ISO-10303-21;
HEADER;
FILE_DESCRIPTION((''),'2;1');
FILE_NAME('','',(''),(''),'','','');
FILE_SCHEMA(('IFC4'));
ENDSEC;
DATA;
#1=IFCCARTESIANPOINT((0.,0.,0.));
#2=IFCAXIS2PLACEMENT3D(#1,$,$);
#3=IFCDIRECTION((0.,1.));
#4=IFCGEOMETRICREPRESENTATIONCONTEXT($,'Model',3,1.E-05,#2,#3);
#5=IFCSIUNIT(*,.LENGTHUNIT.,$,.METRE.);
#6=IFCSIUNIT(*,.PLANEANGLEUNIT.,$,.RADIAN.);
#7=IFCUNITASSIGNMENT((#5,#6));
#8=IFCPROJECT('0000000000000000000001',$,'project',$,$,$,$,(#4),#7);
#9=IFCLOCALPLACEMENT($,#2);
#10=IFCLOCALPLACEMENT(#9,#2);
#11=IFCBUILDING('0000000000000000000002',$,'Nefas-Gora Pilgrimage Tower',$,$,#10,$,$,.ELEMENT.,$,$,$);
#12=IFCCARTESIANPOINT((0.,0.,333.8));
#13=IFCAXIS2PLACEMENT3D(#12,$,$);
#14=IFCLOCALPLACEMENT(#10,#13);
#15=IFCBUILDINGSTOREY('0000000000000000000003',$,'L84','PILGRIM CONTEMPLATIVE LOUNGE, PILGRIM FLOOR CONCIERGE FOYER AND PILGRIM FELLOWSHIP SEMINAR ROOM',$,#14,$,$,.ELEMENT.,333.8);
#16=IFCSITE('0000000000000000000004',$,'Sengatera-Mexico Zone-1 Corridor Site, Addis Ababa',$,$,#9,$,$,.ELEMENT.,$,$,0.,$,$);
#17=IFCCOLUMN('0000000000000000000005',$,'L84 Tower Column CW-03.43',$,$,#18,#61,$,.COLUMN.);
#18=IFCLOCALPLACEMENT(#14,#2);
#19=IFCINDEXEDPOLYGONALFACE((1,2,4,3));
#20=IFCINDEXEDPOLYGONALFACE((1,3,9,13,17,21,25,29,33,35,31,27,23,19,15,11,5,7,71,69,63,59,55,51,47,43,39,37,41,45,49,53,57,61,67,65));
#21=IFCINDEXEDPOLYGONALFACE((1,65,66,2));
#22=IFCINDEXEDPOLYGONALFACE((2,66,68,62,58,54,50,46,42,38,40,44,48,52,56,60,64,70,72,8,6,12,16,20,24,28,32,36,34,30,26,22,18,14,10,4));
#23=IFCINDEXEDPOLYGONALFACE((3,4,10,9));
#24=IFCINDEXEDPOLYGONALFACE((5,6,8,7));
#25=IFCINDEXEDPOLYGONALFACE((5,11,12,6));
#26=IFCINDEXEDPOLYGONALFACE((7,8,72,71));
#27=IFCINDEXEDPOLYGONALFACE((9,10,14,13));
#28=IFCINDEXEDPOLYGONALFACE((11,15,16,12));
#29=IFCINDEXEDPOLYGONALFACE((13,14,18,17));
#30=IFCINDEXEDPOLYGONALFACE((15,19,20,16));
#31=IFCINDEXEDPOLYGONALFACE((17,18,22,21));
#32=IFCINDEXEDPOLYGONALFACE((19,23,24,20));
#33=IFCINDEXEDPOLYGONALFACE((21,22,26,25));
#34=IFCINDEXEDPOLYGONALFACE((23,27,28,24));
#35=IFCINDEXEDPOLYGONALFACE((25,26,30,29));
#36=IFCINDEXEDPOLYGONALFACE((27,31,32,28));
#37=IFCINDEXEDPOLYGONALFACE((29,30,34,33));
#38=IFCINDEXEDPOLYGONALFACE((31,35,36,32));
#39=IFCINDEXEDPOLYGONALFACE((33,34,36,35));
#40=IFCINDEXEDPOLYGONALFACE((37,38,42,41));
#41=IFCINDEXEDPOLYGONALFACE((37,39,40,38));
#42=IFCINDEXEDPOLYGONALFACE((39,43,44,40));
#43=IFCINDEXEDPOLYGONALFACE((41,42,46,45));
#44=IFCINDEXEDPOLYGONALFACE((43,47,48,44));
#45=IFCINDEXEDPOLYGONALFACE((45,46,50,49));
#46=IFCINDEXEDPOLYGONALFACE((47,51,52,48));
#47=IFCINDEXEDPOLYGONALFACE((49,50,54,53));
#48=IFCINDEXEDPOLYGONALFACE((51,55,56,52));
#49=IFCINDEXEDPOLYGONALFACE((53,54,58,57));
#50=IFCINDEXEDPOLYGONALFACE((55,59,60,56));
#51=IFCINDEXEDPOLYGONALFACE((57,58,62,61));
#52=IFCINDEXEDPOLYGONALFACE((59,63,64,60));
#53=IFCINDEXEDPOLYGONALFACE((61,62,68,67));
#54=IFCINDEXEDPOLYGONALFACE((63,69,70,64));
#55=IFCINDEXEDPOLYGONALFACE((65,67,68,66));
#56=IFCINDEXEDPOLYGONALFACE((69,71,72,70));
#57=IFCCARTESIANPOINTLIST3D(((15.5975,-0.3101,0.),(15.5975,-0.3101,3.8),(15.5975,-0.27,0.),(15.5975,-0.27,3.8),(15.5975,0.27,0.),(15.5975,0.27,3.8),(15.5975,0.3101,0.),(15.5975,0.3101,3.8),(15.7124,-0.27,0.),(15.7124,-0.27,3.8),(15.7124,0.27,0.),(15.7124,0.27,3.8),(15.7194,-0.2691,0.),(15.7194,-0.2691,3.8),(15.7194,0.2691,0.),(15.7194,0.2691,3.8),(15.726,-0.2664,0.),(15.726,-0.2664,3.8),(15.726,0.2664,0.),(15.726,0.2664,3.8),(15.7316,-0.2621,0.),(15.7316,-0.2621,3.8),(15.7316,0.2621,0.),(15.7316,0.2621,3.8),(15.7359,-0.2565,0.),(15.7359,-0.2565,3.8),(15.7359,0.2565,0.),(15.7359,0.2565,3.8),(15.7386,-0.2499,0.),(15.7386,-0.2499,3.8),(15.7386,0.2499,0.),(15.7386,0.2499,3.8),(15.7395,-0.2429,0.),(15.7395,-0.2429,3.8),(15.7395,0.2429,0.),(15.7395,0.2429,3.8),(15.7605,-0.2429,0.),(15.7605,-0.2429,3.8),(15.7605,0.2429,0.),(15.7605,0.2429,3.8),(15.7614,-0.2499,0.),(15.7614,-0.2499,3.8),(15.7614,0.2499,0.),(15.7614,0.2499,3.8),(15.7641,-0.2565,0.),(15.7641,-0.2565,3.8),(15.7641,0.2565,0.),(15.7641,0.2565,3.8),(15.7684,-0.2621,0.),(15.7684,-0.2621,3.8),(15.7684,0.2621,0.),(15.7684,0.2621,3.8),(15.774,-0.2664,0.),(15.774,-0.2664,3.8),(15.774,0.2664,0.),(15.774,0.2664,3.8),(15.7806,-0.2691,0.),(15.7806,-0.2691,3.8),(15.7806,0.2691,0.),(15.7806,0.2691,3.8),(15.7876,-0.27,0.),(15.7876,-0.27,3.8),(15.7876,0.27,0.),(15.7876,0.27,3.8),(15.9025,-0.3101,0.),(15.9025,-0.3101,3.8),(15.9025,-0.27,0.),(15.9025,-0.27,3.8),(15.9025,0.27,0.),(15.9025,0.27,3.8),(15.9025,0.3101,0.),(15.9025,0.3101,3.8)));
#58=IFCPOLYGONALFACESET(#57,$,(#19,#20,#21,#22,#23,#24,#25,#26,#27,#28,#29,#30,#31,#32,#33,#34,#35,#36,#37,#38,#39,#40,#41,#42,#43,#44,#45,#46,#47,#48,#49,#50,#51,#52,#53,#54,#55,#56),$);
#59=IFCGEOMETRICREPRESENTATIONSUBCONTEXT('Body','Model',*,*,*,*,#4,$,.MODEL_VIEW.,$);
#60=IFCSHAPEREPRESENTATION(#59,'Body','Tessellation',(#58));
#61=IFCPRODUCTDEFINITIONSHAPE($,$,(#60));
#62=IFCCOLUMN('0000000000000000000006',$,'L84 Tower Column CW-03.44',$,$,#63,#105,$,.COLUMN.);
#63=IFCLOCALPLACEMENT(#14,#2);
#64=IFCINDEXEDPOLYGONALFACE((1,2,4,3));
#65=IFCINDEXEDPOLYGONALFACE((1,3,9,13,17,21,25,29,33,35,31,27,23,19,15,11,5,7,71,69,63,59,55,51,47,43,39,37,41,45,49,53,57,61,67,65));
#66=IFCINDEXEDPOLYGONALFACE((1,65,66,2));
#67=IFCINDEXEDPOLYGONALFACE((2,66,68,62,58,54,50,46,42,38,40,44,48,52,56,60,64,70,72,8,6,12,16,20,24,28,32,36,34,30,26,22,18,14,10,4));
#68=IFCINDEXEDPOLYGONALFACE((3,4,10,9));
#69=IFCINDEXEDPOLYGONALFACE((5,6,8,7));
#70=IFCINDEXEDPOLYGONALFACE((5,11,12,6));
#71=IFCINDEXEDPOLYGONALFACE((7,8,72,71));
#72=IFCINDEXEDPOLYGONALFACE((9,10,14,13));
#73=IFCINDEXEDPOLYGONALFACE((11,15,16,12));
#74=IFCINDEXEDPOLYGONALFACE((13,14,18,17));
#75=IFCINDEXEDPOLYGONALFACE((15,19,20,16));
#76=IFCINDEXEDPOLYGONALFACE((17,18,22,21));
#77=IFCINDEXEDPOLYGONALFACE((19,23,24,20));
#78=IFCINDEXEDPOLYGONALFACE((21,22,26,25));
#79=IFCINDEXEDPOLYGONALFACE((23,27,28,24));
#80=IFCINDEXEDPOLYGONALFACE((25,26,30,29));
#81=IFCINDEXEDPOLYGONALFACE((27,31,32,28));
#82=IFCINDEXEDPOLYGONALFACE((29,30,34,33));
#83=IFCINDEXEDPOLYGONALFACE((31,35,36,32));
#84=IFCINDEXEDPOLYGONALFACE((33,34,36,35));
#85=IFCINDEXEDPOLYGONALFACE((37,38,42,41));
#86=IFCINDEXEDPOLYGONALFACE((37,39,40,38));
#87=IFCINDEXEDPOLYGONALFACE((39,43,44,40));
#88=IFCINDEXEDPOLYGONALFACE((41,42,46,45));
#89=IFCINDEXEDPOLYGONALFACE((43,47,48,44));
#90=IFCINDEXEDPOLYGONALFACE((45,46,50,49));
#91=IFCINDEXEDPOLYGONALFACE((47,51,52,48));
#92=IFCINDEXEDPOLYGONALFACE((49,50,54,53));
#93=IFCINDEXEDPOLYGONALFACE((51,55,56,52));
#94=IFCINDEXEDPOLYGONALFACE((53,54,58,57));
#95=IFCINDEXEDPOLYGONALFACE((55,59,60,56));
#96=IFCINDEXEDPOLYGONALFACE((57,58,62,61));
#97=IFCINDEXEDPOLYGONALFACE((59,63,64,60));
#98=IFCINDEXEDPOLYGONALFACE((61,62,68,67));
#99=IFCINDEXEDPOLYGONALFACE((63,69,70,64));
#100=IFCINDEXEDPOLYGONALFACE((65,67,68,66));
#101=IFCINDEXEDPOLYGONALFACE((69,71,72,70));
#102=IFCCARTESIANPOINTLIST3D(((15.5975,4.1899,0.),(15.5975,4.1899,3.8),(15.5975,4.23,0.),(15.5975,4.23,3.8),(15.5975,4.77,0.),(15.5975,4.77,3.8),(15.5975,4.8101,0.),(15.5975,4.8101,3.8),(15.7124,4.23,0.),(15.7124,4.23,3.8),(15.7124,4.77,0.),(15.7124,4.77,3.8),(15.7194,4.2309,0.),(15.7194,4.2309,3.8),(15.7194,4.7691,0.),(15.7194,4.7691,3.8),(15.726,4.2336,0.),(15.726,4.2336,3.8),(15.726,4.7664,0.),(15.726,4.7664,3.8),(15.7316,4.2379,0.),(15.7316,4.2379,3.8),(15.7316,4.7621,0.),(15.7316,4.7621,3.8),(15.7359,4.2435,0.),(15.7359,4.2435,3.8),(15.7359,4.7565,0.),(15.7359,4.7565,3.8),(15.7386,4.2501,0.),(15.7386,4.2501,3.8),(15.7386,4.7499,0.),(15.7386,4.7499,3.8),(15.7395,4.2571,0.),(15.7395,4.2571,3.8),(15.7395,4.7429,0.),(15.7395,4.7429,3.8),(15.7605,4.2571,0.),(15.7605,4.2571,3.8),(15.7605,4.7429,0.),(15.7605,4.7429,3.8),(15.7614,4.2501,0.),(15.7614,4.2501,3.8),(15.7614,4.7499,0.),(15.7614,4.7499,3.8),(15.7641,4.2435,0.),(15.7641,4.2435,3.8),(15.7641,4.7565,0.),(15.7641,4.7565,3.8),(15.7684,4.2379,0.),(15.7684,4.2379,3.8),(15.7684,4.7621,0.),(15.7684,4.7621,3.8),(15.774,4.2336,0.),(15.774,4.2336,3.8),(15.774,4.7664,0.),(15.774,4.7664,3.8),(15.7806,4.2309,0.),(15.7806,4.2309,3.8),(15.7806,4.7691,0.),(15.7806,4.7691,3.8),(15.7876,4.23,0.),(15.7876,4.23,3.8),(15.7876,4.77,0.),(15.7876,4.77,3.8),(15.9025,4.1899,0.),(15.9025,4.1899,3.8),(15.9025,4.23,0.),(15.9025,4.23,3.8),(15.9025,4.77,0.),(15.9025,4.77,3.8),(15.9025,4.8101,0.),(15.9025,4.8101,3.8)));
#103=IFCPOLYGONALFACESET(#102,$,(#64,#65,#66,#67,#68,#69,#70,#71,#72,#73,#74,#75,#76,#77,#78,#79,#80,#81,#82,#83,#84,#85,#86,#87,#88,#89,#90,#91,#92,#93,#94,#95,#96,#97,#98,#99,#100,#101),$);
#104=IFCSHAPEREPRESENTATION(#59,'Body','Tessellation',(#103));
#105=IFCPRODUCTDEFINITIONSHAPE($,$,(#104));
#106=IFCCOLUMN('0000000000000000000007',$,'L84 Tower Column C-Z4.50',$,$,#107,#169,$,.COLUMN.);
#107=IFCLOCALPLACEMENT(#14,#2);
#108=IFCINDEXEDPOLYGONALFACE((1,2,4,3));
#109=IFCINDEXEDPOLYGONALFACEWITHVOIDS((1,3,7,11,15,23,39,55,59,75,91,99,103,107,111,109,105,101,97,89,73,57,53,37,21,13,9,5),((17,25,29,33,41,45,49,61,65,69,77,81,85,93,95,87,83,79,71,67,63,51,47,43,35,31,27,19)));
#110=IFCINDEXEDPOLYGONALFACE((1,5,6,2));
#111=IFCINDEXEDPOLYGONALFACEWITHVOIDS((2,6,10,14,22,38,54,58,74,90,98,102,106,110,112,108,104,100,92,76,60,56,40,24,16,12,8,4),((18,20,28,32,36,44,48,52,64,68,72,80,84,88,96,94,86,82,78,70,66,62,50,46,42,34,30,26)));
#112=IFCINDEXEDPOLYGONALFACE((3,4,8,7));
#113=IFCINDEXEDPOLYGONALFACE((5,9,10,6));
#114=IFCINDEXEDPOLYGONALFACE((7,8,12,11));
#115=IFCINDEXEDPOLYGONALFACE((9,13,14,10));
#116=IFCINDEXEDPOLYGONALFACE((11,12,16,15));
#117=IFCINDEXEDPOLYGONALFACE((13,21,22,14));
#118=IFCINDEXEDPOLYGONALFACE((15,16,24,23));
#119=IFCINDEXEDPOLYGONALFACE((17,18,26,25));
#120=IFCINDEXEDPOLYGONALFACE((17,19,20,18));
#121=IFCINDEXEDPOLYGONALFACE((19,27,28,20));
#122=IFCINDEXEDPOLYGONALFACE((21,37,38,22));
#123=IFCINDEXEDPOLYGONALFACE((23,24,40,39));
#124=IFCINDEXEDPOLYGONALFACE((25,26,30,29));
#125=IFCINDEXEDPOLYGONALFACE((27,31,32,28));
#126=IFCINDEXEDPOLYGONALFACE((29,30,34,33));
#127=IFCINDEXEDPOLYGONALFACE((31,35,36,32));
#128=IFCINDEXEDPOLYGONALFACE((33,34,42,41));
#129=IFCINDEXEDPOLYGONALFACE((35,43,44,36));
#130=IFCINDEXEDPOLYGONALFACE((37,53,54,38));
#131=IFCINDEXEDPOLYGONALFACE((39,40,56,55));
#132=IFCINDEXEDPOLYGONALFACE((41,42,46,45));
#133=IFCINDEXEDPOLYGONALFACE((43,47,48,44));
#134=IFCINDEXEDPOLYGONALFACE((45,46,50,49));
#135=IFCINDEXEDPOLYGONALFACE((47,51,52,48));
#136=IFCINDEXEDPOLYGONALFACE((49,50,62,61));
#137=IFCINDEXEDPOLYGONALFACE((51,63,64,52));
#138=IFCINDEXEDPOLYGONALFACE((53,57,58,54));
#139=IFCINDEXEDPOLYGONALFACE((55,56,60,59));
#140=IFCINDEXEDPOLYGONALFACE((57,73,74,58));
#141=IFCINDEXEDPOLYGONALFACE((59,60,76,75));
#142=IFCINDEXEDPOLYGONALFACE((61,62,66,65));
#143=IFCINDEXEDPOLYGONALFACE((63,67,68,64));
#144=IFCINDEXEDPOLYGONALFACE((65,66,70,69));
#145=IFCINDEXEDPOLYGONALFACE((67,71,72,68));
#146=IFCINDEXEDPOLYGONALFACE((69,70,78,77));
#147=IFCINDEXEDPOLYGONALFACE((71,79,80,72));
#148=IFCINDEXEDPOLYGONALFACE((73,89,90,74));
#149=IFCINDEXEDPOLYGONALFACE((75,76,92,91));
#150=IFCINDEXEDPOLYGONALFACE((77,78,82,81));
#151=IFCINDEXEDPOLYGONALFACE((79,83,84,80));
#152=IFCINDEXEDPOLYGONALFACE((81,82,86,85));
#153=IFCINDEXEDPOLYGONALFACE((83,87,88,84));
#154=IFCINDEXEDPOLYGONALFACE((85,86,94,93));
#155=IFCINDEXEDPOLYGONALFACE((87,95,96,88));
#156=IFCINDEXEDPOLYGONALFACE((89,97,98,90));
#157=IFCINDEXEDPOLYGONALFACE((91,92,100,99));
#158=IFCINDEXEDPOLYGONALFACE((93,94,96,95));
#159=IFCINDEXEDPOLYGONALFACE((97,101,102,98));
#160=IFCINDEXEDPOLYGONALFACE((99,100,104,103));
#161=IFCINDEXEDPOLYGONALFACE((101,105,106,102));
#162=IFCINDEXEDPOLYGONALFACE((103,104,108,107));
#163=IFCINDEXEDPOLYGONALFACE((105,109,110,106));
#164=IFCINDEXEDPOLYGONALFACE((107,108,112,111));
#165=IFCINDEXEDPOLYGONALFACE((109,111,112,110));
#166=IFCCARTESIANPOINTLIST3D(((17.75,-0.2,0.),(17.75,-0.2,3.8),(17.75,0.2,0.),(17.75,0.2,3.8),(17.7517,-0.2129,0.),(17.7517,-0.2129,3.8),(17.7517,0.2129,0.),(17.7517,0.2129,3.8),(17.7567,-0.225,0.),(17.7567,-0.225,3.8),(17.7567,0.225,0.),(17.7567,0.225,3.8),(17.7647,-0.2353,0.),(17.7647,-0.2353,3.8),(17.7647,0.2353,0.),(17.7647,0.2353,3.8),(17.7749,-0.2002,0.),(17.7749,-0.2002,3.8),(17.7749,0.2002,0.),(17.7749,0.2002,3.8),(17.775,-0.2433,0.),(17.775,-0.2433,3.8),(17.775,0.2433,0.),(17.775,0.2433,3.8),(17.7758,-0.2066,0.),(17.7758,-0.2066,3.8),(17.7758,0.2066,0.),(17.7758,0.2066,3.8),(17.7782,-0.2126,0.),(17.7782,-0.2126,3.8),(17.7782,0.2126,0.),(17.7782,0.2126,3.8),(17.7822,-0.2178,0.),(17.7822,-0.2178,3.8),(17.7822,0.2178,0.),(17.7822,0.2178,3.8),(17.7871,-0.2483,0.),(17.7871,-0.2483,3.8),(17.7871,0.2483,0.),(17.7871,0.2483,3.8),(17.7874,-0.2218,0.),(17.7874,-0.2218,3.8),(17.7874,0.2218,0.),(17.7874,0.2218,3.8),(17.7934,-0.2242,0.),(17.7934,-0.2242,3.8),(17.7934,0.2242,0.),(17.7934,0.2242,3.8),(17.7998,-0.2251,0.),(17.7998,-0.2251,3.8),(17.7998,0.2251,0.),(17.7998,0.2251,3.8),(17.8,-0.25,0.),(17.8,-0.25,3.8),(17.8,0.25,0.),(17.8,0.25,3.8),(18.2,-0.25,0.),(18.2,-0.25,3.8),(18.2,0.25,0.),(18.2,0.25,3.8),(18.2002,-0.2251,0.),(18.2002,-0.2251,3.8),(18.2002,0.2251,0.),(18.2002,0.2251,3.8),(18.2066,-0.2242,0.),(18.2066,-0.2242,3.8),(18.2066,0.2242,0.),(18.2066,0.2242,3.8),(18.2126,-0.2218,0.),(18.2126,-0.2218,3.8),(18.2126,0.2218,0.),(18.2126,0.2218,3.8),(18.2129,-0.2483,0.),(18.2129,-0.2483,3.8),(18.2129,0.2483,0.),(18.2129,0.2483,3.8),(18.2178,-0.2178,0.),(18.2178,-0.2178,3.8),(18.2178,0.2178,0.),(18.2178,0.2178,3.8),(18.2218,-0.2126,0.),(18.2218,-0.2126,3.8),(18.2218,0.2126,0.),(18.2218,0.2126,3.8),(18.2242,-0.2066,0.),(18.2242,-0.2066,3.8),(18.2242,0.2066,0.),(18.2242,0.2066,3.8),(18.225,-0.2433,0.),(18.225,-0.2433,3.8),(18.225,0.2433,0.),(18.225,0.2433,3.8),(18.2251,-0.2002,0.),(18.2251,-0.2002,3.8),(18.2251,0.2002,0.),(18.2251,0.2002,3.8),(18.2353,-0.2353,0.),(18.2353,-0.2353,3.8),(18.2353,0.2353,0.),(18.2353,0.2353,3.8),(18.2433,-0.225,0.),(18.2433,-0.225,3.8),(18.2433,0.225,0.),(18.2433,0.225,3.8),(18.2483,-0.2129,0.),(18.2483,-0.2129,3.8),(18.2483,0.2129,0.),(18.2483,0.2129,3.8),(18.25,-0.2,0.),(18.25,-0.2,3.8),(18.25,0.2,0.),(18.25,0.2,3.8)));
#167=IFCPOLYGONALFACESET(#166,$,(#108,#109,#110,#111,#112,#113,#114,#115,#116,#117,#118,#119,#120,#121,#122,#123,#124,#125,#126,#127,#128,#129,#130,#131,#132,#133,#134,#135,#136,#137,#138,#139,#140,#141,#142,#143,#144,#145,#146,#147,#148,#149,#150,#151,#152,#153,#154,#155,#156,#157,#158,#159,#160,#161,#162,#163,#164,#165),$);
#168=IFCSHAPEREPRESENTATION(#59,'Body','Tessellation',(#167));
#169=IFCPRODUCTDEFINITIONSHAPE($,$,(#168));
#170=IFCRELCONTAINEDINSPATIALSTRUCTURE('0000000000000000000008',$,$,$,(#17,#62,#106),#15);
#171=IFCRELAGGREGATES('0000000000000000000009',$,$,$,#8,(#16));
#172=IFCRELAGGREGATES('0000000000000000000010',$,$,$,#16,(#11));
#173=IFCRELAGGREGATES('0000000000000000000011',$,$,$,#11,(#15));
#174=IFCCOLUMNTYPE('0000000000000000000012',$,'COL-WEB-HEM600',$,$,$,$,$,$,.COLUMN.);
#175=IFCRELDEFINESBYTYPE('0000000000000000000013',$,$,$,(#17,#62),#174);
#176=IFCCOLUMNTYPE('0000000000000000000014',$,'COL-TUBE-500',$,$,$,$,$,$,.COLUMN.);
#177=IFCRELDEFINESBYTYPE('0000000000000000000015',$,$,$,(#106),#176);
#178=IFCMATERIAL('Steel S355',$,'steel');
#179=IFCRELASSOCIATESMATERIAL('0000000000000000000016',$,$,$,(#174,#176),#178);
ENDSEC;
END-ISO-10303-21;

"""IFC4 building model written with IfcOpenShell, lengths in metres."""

from ifc_helpers import new_model, si_unit, direction, frame, origin, origin_2d, place, context, subcontext, project, spatial, hollow_rectangle, i_section, extrude, source, transform, mapped, material, material_profile, profile_set, type_object, element, save


model = new_model("IFC4")

# Units and contexts
model_context = context("Model", 3, precision=1e-05, world=origin(), true_north=direction((0.0, 1.0)))
body_context = subcontext(model_context, "Body", "Model", "MODEL_VIEW")
ifc_project = project(units=[si_unit("LENGTHUNIT", "METRE"), si_unit("PLANEANGLEUNIT", "RADIAN")], contexts=[model_context])

# Site, building, storey
site_placement = place(None, origin())
site = spatial("IfcSite", under=ifc_project, at=site_placement, Name="Sengatera-Mexico Zone-1 Corridor Site, Addis Ababa", CompositionType="ELEMENT", RefElevation=0.0)
building_placement = place(site_placement, origin())
building = spatial("IfcBuilding", under=site, at=building_placement, Name="Nefas-Gora Pilgrimage Tower", CompositionType="ELEMENT")
storey_placement = place(building_placement, frame((0.0, 0.0, 333.8)))
storey = spatial("IfcBuildingStorey", under=building, at=storey_placement, Name="L84", Description="PILGRIM CONTEMPLATIVE LOUNGE, PILGRIM FLOOR CONCIERGE FOYER AND PILGRIM FELLOWSHIP SEMINAR ROOM", CompositionType="ELEMENT", Elevation=333.8)

# Columns
ifc_material_1 = material(Name="Steel S355", Category="steel")
ifc_material_profile_1 = material_profile(ifc_material_1, i_section(OverallWidth=0.3049, OverallDepth=0.6201, WebThickness=0.021, FlangeThickness=0.04, FilletRadius=0.0271, at=origin_2d()), Name="HEM 600")
ifc_profile_set_1 = profile_set([ifc_material_profile_1], Name="Steel S355")
column_type_1 = type_object("IfcColumnType", Name="COL-WEB-HEM600", PredefinedType="COLUMN", material=ifc_profile_set_1)
shared_shape_1 = source(origin(), body_context, "Body", "SweptSolid", [
    extrude(i_section(OverallWidth=0.3049, OverallDepth=0.6201, WebThickness=0.021, FlangeThickness=0.04, FilletRadius=0.0271, at=origin_2d()), origin(), (0.0, 0.0, 1.0), 3.8),
])
for number, where, z_axis, x_axis, name in (
    (1, (15.75, 0.0, 0.0), (0.0, 0.0, 1.0), (1.0, 0.0, 0.0), "L84 Tower Column CW-03.43"),
    (2, (15.75, 4.5, 0.0), (0.0, 0.0, 1.0), (1.0, 0.0, 0.0), "L84 Tower Column CW-03.44"),
):
    element("IfcColumn", number, at=place(storey_placement, frame(where, z_axis=z_axis, x_axis=x_axis)), inside=storey, type_object=column_type_1, Name=name, PredefinedType="COLUMN", context=body_context, shape_type="MappedRepresentation", body=[
        mapped(shared_shape_1, transform((0.0, 0.0, 0.0), x_axis=(1.0, 0.0, 0.0), y_axis=(0.0, 1.0, 0.0), z_axis=(0.0, 0.0, 1.0), scale=1.0)),
    ])
ifc_material_profile_2 = material_profile(ifc_material_1, hollow_rectangle(XDim=0.5, YDim=0.5, WallThickness=0.0249, InnerFilletRadius=0.0249, OuterFilletRadius=0.05, at=origin_2d()), Name="SHS 500x500x25")
ifc_profile_set_2 = profile_set([ifc_material_profile_2], Name="Steel S355")
column_type_2 = type_object("IfcColumnType", Name="COL-TUBE-500", PredefinedType="COLUMN", material=ifc_profile_set_2)
shared_shape_2 = source(origin(), body_context, "Body", "SweptSolid", [
    extrude(hollow_rectangle(XDim=0.5, YDim=0.5, WallThickness=0.0249, InnerFilletRadius=0.0249, OuterFilletRadius=0.05, at=origin_2d()), origin(), (0.0, 0.0, 1.0), 3.8),
])
for number, where, z_axis, x_axis, name in (
    (3, (18.0, 0.0, 0.0), (0.0, 0.0, 1.0), (1.0, 0.0, 0.0), "L84 Tower Column C-Z4.50"),
):
    element("IfcColumn", number, at=place(storey_placement, frame(where, z_axis=z_axis, x_axis=x_axis)), inside=storey, type_object=column_type_2, Name=name, PredefinedType="COLUMN", context=body_context, shape_type="MappedRepresentation", body=[
        mapped(shared_shape_2, transform((0.0, 0.0, 0.0), x_axis=(1.0, 0.0, 0.0), y_axis=(0.0, 1.0, 0.0), z_axis=(0.0, 0.0, 1.0), scale=1.0)),
    ])

save(model, "model.ifc")
